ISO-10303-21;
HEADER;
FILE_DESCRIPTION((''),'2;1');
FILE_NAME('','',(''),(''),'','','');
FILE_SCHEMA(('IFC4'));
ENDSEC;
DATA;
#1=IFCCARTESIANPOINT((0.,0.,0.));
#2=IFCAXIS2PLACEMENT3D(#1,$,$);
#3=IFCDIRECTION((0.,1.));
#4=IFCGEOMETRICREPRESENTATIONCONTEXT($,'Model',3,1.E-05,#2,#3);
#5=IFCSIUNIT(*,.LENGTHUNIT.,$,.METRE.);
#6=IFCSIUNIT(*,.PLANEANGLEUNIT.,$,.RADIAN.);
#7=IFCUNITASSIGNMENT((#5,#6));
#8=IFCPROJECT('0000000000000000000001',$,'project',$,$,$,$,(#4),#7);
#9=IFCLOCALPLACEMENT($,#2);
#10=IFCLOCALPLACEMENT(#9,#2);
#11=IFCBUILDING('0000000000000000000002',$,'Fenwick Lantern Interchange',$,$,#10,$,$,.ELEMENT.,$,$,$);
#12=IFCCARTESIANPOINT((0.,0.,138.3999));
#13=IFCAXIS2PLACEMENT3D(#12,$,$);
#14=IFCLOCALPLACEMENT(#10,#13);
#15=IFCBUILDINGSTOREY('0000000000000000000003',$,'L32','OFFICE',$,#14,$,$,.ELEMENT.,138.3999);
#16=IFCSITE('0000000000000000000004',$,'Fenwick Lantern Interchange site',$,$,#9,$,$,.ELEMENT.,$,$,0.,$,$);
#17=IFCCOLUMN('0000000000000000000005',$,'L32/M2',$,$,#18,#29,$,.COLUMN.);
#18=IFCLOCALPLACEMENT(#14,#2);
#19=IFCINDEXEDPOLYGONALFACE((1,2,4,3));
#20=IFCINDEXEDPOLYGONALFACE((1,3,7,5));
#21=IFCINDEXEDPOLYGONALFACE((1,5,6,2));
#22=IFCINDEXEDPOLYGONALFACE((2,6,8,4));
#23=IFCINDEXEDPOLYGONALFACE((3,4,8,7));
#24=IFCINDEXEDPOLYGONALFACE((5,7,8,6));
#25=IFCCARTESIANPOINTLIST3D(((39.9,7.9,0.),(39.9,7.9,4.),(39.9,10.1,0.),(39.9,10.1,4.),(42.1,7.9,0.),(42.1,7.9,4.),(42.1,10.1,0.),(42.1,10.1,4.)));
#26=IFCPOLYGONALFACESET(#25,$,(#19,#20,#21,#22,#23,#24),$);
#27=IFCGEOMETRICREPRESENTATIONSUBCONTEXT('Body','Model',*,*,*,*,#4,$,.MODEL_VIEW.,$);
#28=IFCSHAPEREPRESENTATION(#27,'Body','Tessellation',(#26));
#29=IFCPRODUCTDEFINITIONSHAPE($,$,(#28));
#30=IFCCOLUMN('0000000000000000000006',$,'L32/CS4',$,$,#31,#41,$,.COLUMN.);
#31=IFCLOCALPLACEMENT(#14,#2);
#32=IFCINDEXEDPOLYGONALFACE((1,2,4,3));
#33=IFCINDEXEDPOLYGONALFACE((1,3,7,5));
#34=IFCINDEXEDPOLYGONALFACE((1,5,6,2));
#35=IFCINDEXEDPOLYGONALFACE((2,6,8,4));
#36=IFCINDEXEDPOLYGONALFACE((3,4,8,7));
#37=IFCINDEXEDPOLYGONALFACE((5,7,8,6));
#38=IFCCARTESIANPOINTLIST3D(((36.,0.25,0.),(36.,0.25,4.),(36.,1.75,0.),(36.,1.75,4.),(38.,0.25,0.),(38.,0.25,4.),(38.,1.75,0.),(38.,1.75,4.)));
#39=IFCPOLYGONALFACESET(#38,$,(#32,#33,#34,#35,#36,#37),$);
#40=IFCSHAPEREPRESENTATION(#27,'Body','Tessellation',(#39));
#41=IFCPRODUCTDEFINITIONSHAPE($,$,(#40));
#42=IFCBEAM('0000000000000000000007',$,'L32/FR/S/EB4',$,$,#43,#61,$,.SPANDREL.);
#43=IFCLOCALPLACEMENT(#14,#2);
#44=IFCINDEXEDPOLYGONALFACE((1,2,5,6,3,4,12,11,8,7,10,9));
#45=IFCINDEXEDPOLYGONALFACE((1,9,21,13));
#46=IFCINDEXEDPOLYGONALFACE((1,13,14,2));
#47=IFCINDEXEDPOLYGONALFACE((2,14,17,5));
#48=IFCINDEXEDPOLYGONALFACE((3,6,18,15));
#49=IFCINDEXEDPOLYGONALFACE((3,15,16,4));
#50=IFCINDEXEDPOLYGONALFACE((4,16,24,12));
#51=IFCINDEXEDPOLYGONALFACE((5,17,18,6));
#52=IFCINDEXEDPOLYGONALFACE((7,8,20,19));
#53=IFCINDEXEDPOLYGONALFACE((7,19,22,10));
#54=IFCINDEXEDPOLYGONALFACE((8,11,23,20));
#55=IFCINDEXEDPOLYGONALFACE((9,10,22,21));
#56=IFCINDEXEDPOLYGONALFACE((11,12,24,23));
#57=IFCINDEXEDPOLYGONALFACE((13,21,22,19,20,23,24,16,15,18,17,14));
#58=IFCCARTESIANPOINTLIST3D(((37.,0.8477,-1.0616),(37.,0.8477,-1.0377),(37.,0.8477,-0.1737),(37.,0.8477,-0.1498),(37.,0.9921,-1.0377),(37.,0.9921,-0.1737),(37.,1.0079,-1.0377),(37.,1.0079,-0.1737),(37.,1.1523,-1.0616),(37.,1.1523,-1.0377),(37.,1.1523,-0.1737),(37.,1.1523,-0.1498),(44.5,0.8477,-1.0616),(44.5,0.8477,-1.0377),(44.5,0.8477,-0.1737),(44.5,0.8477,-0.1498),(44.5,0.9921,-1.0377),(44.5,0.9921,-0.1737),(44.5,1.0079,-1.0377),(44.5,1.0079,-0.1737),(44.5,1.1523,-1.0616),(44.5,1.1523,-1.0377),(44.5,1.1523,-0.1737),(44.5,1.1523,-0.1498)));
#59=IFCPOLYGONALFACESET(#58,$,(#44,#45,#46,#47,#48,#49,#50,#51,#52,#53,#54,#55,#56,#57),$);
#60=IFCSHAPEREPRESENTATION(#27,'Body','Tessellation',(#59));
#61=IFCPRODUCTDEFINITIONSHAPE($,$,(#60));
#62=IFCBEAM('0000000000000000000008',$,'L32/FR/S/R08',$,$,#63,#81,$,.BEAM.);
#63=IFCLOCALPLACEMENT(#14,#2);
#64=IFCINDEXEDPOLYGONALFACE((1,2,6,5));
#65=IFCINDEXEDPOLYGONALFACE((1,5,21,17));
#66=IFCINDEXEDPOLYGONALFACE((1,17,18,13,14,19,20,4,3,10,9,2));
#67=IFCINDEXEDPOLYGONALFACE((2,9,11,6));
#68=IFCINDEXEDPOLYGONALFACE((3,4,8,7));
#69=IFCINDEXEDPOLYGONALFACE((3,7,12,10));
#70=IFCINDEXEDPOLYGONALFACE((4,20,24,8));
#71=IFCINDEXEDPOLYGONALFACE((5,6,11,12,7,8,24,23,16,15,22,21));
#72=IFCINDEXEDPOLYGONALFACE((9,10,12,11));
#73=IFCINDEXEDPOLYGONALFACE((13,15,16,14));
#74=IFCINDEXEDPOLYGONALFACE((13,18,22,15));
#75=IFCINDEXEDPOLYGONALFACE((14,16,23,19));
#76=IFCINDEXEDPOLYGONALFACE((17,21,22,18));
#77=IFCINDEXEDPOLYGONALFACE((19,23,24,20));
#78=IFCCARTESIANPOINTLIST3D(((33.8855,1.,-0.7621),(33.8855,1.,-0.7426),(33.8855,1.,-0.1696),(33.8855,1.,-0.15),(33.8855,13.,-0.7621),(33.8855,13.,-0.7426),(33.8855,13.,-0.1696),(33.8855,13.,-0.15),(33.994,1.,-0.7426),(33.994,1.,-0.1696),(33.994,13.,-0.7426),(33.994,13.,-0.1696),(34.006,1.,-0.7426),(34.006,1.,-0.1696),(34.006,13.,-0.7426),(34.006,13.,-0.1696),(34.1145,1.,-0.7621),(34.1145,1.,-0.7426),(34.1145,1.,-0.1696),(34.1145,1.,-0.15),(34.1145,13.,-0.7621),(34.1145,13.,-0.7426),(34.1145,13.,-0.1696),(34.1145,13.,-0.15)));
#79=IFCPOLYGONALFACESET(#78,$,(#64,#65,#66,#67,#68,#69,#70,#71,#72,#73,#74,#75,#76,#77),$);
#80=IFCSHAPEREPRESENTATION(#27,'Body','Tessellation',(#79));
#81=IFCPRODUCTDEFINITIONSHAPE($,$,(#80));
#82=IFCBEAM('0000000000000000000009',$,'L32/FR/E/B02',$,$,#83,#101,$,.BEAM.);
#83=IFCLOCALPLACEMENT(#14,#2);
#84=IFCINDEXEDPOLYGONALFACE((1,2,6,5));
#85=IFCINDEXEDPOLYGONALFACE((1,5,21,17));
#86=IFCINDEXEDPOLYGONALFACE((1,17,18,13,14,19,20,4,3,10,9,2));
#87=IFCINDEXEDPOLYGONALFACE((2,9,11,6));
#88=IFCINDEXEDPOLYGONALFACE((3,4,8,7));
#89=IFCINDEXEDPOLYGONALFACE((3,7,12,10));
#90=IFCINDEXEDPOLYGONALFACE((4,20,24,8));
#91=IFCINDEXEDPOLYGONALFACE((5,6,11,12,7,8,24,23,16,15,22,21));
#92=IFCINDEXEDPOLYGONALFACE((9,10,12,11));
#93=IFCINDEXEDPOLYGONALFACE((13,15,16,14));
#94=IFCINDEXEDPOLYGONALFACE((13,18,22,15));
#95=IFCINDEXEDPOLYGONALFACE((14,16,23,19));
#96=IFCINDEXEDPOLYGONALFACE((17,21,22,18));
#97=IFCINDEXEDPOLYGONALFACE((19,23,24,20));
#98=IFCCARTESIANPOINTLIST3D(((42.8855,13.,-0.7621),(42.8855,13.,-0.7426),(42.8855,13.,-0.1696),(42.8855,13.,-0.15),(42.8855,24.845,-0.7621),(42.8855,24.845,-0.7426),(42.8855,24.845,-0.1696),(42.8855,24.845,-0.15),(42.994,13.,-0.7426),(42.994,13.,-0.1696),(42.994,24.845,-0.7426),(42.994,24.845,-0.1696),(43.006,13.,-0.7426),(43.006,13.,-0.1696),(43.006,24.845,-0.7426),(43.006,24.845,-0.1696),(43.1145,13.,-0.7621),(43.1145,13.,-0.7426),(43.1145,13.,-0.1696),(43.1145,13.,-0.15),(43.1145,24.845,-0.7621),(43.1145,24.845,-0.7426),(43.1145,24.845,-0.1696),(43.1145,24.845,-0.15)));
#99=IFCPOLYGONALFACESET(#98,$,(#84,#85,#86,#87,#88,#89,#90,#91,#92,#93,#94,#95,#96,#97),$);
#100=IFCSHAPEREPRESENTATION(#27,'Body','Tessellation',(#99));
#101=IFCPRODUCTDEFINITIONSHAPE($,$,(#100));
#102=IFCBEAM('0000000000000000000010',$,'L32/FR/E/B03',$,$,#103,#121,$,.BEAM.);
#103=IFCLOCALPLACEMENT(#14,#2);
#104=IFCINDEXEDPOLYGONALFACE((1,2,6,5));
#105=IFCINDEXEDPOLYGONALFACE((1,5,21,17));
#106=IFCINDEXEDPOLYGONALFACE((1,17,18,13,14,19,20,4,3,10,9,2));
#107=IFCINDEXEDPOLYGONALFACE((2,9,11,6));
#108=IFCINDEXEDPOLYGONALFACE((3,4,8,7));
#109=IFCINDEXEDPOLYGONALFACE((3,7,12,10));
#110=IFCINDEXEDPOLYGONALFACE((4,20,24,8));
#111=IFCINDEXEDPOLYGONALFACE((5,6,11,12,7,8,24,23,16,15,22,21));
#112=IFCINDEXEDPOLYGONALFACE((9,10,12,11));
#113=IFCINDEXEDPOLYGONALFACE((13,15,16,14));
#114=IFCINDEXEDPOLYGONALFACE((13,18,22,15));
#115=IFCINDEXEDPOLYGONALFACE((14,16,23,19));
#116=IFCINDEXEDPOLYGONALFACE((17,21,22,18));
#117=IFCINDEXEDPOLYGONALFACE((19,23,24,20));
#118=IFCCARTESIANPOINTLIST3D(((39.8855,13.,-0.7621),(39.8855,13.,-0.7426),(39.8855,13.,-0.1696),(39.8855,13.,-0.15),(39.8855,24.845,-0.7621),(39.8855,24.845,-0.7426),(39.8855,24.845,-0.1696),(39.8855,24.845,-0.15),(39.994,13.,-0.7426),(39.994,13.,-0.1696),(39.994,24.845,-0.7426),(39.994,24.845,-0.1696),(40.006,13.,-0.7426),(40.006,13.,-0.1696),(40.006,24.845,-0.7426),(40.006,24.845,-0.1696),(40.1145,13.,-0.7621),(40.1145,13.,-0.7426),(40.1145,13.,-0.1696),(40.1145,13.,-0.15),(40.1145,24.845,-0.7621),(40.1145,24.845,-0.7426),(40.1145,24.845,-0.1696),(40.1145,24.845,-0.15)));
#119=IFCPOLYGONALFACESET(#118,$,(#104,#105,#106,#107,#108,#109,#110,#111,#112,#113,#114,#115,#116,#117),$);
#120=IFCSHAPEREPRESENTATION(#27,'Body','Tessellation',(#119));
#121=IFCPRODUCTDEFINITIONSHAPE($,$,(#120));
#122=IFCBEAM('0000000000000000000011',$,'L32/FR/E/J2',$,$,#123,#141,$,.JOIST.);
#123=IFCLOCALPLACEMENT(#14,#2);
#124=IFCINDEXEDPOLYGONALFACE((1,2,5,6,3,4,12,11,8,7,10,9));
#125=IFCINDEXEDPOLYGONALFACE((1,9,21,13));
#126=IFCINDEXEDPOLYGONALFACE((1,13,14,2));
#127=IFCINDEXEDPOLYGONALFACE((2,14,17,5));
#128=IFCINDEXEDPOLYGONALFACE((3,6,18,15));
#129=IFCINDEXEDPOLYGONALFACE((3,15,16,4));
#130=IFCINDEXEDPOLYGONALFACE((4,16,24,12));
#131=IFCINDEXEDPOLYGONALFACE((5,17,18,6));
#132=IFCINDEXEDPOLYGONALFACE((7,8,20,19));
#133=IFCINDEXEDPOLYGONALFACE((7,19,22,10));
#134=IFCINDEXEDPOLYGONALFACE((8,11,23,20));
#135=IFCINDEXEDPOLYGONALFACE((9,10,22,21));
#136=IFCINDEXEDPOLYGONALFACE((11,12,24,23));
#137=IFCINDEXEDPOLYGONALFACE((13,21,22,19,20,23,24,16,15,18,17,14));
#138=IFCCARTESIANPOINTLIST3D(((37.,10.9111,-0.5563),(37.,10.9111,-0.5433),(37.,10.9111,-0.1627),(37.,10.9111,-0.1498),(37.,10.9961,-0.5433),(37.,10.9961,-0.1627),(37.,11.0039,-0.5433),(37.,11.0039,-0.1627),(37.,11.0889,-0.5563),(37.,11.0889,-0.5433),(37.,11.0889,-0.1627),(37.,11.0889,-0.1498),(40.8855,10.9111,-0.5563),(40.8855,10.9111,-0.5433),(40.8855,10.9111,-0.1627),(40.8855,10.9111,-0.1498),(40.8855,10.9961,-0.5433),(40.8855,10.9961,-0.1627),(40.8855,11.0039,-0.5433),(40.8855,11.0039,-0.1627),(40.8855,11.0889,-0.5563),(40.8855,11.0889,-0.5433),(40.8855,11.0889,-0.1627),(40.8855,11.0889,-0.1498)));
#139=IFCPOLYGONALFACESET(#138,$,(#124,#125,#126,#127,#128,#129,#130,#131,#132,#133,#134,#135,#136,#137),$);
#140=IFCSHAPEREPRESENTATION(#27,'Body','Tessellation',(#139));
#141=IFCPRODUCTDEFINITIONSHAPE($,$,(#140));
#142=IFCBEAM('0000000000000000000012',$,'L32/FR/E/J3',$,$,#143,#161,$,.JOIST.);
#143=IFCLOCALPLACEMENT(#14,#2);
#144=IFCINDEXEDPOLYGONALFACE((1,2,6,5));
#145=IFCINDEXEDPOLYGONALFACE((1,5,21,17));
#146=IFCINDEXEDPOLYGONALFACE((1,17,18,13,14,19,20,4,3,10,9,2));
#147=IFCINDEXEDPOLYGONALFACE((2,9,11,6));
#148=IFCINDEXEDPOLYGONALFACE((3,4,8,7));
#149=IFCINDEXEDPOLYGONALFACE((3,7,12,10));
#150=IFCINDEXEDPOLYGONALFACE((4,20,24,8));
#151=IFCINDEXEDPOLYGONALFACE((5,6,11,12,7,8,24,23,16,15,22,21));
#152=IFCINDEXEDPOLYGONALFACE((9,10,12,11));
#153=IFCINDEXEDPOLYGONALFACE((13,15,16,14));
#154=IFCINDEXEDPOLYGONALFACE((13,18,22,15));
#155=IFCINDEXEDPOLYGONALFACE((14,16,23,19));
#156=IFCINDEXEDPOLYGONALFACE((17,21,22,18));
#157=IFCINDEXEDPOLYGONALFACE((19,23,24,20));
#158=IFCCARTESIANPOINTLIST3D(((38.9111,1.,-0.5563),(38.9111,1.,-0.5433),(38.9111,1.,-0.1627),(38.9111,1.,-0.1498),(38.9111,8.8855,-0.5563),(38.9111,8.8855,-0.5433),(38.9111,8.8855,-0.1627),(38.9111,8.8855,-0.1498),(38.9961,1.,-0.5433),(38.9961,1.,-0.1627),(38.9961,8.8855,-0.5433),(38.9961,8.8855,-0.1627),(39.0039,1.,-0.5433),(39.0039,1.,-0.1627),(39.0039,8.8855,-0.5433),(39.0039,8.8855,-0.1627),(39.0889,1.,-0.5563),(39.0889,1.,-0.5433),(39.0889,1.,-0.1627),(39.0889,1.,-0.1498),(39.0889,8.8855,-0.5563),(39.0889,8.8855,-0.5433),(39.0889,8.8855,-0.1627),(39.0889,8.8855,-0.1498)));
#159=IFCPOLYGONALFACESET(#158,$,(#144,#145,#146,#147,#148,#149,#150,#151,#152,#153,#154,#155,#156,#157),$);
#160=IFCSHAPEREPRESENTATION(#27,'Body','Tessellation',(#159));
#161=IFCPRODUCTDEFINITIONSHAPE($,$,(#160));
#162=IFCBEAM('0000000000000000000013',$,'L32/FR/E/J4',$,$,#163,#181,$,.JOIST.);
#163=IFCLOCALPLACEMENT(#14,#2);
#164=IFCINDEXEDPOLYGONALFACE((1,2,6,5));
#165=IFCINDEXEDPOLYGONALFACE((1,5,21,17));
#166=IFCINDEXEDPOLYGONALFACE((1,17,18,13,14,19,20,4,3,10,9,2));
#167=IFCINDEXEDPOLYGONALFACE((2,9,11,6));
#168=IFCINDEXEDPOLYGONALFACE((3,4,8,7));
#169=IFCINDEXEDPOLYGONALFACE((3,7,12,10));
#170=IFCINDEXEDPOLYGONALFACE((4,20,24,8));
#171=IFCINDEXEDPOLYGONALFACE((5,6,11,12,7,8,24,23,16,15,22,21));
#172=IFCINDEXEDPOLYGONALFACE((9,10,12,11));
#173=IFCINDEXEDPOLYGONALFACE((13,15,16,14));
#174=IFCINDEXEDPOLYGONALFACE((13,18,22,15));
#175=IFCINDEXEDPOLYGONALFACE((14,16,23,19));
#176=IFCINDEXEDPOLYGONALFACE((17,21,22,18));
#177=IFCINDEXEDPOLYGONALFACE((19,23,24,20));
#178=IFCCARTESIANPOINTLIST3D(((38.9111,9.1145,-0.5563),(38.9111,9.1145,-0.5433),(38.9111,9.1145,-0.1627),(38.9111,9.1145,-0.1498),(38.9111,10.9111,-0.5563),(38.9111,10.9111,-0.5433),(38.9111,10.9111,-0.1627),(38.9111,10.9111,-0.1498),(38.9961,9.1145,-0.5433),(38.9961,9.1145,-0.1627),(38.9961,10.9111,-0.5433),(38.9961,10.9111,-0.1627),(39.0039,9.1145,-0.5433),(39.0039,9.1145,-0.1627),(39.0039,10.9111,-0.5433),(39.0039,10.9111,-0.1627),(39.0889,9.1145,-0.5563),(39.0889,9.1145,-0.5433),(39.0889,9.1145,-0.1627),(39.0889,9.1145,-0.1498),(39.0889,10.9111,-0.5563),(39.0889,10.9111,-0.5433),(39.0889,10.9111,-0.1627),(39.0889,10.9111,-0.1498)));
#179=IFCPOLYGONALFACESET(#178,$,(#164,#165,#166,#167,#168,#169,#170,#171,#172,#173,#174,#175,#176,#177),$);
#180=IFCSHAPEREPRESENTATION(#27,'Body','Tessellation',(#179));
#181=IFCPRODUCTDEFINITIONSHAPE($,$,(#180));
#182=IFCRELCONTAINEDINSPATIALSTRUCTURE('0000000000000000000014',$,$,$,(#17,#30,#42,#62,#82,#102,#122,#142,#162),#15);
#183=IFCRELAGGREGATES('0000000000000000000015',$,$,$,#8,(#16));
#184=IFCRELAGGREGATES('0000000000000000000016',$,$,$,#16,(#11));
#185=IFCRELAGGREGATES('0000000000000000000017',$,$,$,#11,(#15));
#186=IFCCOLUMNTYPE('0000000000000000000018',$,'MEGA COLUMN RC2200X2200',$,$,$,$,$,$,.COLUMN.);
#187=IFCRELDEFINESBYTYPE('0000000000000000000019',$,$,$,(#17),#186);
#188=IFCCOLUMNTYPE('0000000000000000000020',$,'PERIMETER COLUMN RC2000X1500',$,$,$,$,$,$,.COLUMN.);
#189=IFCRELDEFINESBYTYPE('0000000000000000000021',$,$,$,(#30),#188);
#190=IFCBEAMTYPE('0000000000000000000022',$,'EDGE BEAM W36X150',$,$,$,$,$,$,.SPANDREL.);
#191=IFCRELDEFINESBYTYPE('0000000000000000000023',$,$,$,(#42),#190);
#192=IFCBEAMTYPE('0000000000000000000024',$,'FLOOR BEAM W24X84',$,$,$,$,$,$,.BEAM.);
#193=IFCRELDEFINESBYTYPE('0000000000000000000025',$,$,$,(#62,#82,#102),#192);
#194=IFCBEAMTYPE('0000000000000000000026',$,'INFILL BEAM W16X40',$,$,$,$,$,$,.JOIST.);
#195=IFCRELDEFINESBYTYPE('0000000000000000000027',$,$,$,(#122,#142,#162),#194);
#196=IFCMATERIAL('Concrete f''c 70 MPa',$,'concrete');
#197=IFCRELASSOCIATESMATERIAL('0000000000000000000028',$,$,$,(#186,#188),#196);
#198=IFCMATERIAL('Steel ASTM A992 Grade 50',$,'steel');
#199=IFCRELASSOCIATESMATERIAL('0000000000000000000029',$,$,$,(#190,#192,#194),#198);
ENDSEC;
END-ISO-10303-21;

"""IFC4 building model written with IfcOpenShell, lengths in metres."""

from ifc_helpers import new_model, si_unit, direction, frame, origin, origin_2d, place, context, subcontext, project, spatial, rectangle, i_section, extrude, material, material_profile, profile_set, type_object, element, save


model = new_model("IFC4")

# Units and contexts
model_context = context("Model", 3, precision=1e-05, world=origin(), true_north=direction((0.0, 1.0)))
body_context = subcontext(model_context, "Body", "Model", "MODEL_VIEW")
ifc_project = project(units=[si_unit("LENGTHUNIT", "METRE"), si_unit("PLANEANGLEUNIT", "RADIAN")], contexts=[model_context])

# Site, building, storey
site_placement = place(None, origin())
site = spatial("IfcSite", under=ifc_project, at=site_placement, Name="Fenwick Lantern Interchange site", CompositionType="ELEMENT", RefElevation=0.0)
building_placement = place(site_placement, origin())
building = spatial("IfcBuilding", under=site, at=building_placement, Name="Fenwick Lantern Interchange", CompositionType="ELEMENT")
storey_placement = place(building_placement, frame((0.0, 0.0, 138.3999)))
storey = spatial("IfcBuildingStorey", under=building, at=storey_placement, Name="L32", Description="OFFICE", CompositionType="ELEMENT", Elevation=138.3999)

# Columns
ifc_material_1 = material(Name="Concrete f'c 70 MPa", Category="concrete")
ifc_material_profile_1 = material_profile(ifc_material_1, rectangle(XDim=2.2, YDim=2.2, at=origin_2d()), Name="RC2200X2200")
ifc_profile_set_1 = profile_set([ifc_material_profile_1], Name="Concrete f'c 70 MPa")
column_type_1 = type_object("IfcColumnType", Name="MEGA COLUMN RC2200X2200", PredefinedType="COLUMN", material=ifc_profile_set_1)
column_1_placement = place(storey_placement, frame((41.0, 9.0, 0.0), z_axis=(0.0, 0.0, 1.0), x_axis=(1.0, 0.0, 0.0)))
element("IfcColumn", 1, at=column_1_placement, inside=storey, type_object=column_type_1, Name="L32/M2", PredefinedType="COLUMN", context=body_context, shape_type="SweptSolid", body=[
    extrude(rectangle(XDim=2.2, YDim=2.2, at=origin_2d()), origin(), (0.0, 0.0, 1.0), 4.0),
])
ifc_material_profile_2 = material_profile(ifc_material_1, rectangle(XDim=2.0, YDim=1.5, at=origin_2d()), Name="RC2000X1500")
ifc_profile_set_2 = profile_set([ifc_material_profile_2], Name="Concrete f'c 70 MPa")
column_type_2 = type_object("IfcColumnType", Name="PERIMETER COLUMN RC2000X1500", PredefinedType="COLUMN", material=ifc_profile_set_2)
column_2_placement = place(storey_placement, frame((37.0, 1.0, 0.0), z_axis=(0.0, 0.0, 1.0), x_axis=(1.0, 0.0, 0.0)))
element("IfcColumn", 2, at=column_2_placement, inside=storey, type_object=column_type_2, Name="L32/CS4", PredefinedType="COLUMN", context=body_context, shape_type="SweptSolid", body=[
    extrude(rectangle(XDim=2.0, YDim=1.5, at=origin_2d()), origin(), (0.0, 0.0, 1.0), 4.0),
])

# Beams
ifc_material_2 = material(Name="Steel ASTM A992 Grade 50", Category="steel")
ifc_material_profile_3 = material_profile(ifc_material_2, i_section(OverallWidth=0.3047, OverallDepth=0.9119, WebThickness=0.0159, FlangeThickness=0.0239, at=origin_2d()), Name="W36X150")
ifc_profile_set_3 = profile_set([ifc_material_profile_3], Name="Steel ASTM A992 Grade 50")
beam_type_1 = type_object("IfcBeamType", Name="EDGE BEAM W36X150", PredefinedType="SPANDREL", material=ifc_profile_set_3)
beam_1_placement = place(storey_placement, frame((37.0, 1.0, -0.6057), z_axis=(1.0, 0.0, 0.0), x_axis=(0.0, 1.0, 0.0)))
element("IfcBeam", 3, at=beam_1_placement, inside=storey, type_object=beam_type_1, Name="L32/FR/S/EB4", PredefinedType="SPANDREL", context=body_context, shape_type="SweptSolid", body=[
    extrude(i_section(OverallWidth=0.3047, OverallDepth=0.9119, WebThickness=0.0159, FlangeThickness=0.0239, at=origin_2d()), origin(), (0.0, 0.0, 1.0), 7.5),
])
ifc_material_profile_4 = material_profile(ifc_material_2, i_section(OverallWidth=0.229, OverallDepth=0.6121, WebThickness=0.012, FlangeThickness=0.0195, at=origin_2d()), Name="W24X84")
ifc_profile_set_4 = profile_set([ifc_material_profile_4], Name="Steel ASTM A992 Grade 50")
beam_type_2 = type_object("IfcBeamType", Name="FLOOR BEAM W24X84", PredefinedType="BEAM", material=ifc_profile_set_4)
beam_2_placement = place(storey_placement, frame((34.0, 1.0, -0.4561), z_axis=(0.0, 1.0, 0.0), x_axis=(-1.0, 0.0, 0.0)))
element("IfcBeam", 4, at=beam_2_placement, inside=storey, type_object=beam_type_2, Name="L32/FR/S/R08", PredefinedType="BEAM", context=body_context, shape_type="SweptSolid", body=[
    extrude(i_section(OverallWidth=0.229, OverallDepth=0.6121, WebThickness=0.012, FlangeThickness=0.0195, at=origin_2d()), origin(), (0.0, 0.0, 1.0), 12.0),
])
for number, where, z_axis, x_axis, name in (
    (5, (43.0, 13.0, -0.4561), (0.0, 1.0, 0.0), (-1.0, 0.0, 0.0), "L32/FR/E/B02"),
    (6, (40.0, 13.0, -0.4561), (0.0, 1.0, 0.0), (-1.0, 0.0, 0.0), "L32/FR/E/B03"),
):
    element("IfcBeam", number, at=place(storey_placement, frame(where, z_axis=z_axis, x_axis=x_axis)), inside=storey, type_object=beam_type_2, Name=name, PredefinedType="BEAM", context=body_context, shape_type="SweptSolid", body=[
        extrude(i_section(OverallWidth=0.229, OverallDepth=0.6121, WebThickness=0.012, FlangeThickness=0.0195, at=origin_2d()), origin(), (0.0, 0.0, 1.0), 11.845),
    ])
ifc_material_profile_5 = material_profile(ifc_material_2, i_section(OverallWidth=0.1777, OverallDepth=0.4065, WebThickness=0.0078, FlangeThickness=0.0129, at=origin_2d()), Name="W16X40")
ifc_profile_set_5 = profile_set([ifc_material_profile_5], Name="Steel ASTM A992 Grade 50")
beam_type_3 = type_object("IfcBeamType", Name="INFILL BEAM W16X40", PredefinedType="JOIST", material=ifc_profile_set_5)
beam_3_placement = place(storey_placement, frame((40.8855, 11.0, -0.353), z_axis=(-1.0, 0.0, 0.0), x_axis=(0.0, -1.0, 0.0)))
element("IfcBeam", 7, at=beam_3_placement, inside=storey, type_object=beam_type_3, Name="L32/FR/E/J2", PredefinedType="JOIST", context=body_context, shape_type="SweptSolid", body=[
    extrude(i_section(OverallWidth=0.1777, OverallDepth=0.4065, WebThickness=0.0078, FlangeThickness=0.0129, at=origin_2d()), origin(), (0.0, 0.0, 1.0), 3.8855),
])
beam_4_placement = place(storey_placement, frame((39.0, 1.0, -0.353), z_axis=(0.0, 1.0, 0.0), x_axis=(-1.0, 0.0, 0.0)))
element("IfcBeam", 8, at=beam_4_placement, inside=storey, type_object=beam_type_3, Name="L32/FR/E/J3", PredefinedType="JOIST", context=body_context, shape_type="SweptSolid", body=[
    extrude(i_section(OverallWidth=0.1777, OverallDepth=0.4065, WebThickness=0.0078, FlangeThickness=0.0129, at=origin_2d()), origin(), (0.0, 0.0, 1.0), 7.8855),
])
beam_5_placement = place(storey_placement, frame((39.0, 9.1145, -0.353), z_axis=(0.0, 1.0, 0.0), x_axis=(-1.0, 0.0, 0.0)))
element("IfcBeam", 9, at=beam_5_placement, inside=storey, type_object=beam_type_3, Name="L32/FR/E/J4", PredefinedType="JOIST", context=body_context, shape_type="SweptSolid", body=[
    extrude(i_section(OverallWidth=0.1777, OverallDepth=0.4065, WebThickness=0.0078, FlangeThickness=0.0129, at=origin_2d()), origin(), (0.0, 0.0, 1.0), 1.7966),
])

save(model, "model.ifc")
